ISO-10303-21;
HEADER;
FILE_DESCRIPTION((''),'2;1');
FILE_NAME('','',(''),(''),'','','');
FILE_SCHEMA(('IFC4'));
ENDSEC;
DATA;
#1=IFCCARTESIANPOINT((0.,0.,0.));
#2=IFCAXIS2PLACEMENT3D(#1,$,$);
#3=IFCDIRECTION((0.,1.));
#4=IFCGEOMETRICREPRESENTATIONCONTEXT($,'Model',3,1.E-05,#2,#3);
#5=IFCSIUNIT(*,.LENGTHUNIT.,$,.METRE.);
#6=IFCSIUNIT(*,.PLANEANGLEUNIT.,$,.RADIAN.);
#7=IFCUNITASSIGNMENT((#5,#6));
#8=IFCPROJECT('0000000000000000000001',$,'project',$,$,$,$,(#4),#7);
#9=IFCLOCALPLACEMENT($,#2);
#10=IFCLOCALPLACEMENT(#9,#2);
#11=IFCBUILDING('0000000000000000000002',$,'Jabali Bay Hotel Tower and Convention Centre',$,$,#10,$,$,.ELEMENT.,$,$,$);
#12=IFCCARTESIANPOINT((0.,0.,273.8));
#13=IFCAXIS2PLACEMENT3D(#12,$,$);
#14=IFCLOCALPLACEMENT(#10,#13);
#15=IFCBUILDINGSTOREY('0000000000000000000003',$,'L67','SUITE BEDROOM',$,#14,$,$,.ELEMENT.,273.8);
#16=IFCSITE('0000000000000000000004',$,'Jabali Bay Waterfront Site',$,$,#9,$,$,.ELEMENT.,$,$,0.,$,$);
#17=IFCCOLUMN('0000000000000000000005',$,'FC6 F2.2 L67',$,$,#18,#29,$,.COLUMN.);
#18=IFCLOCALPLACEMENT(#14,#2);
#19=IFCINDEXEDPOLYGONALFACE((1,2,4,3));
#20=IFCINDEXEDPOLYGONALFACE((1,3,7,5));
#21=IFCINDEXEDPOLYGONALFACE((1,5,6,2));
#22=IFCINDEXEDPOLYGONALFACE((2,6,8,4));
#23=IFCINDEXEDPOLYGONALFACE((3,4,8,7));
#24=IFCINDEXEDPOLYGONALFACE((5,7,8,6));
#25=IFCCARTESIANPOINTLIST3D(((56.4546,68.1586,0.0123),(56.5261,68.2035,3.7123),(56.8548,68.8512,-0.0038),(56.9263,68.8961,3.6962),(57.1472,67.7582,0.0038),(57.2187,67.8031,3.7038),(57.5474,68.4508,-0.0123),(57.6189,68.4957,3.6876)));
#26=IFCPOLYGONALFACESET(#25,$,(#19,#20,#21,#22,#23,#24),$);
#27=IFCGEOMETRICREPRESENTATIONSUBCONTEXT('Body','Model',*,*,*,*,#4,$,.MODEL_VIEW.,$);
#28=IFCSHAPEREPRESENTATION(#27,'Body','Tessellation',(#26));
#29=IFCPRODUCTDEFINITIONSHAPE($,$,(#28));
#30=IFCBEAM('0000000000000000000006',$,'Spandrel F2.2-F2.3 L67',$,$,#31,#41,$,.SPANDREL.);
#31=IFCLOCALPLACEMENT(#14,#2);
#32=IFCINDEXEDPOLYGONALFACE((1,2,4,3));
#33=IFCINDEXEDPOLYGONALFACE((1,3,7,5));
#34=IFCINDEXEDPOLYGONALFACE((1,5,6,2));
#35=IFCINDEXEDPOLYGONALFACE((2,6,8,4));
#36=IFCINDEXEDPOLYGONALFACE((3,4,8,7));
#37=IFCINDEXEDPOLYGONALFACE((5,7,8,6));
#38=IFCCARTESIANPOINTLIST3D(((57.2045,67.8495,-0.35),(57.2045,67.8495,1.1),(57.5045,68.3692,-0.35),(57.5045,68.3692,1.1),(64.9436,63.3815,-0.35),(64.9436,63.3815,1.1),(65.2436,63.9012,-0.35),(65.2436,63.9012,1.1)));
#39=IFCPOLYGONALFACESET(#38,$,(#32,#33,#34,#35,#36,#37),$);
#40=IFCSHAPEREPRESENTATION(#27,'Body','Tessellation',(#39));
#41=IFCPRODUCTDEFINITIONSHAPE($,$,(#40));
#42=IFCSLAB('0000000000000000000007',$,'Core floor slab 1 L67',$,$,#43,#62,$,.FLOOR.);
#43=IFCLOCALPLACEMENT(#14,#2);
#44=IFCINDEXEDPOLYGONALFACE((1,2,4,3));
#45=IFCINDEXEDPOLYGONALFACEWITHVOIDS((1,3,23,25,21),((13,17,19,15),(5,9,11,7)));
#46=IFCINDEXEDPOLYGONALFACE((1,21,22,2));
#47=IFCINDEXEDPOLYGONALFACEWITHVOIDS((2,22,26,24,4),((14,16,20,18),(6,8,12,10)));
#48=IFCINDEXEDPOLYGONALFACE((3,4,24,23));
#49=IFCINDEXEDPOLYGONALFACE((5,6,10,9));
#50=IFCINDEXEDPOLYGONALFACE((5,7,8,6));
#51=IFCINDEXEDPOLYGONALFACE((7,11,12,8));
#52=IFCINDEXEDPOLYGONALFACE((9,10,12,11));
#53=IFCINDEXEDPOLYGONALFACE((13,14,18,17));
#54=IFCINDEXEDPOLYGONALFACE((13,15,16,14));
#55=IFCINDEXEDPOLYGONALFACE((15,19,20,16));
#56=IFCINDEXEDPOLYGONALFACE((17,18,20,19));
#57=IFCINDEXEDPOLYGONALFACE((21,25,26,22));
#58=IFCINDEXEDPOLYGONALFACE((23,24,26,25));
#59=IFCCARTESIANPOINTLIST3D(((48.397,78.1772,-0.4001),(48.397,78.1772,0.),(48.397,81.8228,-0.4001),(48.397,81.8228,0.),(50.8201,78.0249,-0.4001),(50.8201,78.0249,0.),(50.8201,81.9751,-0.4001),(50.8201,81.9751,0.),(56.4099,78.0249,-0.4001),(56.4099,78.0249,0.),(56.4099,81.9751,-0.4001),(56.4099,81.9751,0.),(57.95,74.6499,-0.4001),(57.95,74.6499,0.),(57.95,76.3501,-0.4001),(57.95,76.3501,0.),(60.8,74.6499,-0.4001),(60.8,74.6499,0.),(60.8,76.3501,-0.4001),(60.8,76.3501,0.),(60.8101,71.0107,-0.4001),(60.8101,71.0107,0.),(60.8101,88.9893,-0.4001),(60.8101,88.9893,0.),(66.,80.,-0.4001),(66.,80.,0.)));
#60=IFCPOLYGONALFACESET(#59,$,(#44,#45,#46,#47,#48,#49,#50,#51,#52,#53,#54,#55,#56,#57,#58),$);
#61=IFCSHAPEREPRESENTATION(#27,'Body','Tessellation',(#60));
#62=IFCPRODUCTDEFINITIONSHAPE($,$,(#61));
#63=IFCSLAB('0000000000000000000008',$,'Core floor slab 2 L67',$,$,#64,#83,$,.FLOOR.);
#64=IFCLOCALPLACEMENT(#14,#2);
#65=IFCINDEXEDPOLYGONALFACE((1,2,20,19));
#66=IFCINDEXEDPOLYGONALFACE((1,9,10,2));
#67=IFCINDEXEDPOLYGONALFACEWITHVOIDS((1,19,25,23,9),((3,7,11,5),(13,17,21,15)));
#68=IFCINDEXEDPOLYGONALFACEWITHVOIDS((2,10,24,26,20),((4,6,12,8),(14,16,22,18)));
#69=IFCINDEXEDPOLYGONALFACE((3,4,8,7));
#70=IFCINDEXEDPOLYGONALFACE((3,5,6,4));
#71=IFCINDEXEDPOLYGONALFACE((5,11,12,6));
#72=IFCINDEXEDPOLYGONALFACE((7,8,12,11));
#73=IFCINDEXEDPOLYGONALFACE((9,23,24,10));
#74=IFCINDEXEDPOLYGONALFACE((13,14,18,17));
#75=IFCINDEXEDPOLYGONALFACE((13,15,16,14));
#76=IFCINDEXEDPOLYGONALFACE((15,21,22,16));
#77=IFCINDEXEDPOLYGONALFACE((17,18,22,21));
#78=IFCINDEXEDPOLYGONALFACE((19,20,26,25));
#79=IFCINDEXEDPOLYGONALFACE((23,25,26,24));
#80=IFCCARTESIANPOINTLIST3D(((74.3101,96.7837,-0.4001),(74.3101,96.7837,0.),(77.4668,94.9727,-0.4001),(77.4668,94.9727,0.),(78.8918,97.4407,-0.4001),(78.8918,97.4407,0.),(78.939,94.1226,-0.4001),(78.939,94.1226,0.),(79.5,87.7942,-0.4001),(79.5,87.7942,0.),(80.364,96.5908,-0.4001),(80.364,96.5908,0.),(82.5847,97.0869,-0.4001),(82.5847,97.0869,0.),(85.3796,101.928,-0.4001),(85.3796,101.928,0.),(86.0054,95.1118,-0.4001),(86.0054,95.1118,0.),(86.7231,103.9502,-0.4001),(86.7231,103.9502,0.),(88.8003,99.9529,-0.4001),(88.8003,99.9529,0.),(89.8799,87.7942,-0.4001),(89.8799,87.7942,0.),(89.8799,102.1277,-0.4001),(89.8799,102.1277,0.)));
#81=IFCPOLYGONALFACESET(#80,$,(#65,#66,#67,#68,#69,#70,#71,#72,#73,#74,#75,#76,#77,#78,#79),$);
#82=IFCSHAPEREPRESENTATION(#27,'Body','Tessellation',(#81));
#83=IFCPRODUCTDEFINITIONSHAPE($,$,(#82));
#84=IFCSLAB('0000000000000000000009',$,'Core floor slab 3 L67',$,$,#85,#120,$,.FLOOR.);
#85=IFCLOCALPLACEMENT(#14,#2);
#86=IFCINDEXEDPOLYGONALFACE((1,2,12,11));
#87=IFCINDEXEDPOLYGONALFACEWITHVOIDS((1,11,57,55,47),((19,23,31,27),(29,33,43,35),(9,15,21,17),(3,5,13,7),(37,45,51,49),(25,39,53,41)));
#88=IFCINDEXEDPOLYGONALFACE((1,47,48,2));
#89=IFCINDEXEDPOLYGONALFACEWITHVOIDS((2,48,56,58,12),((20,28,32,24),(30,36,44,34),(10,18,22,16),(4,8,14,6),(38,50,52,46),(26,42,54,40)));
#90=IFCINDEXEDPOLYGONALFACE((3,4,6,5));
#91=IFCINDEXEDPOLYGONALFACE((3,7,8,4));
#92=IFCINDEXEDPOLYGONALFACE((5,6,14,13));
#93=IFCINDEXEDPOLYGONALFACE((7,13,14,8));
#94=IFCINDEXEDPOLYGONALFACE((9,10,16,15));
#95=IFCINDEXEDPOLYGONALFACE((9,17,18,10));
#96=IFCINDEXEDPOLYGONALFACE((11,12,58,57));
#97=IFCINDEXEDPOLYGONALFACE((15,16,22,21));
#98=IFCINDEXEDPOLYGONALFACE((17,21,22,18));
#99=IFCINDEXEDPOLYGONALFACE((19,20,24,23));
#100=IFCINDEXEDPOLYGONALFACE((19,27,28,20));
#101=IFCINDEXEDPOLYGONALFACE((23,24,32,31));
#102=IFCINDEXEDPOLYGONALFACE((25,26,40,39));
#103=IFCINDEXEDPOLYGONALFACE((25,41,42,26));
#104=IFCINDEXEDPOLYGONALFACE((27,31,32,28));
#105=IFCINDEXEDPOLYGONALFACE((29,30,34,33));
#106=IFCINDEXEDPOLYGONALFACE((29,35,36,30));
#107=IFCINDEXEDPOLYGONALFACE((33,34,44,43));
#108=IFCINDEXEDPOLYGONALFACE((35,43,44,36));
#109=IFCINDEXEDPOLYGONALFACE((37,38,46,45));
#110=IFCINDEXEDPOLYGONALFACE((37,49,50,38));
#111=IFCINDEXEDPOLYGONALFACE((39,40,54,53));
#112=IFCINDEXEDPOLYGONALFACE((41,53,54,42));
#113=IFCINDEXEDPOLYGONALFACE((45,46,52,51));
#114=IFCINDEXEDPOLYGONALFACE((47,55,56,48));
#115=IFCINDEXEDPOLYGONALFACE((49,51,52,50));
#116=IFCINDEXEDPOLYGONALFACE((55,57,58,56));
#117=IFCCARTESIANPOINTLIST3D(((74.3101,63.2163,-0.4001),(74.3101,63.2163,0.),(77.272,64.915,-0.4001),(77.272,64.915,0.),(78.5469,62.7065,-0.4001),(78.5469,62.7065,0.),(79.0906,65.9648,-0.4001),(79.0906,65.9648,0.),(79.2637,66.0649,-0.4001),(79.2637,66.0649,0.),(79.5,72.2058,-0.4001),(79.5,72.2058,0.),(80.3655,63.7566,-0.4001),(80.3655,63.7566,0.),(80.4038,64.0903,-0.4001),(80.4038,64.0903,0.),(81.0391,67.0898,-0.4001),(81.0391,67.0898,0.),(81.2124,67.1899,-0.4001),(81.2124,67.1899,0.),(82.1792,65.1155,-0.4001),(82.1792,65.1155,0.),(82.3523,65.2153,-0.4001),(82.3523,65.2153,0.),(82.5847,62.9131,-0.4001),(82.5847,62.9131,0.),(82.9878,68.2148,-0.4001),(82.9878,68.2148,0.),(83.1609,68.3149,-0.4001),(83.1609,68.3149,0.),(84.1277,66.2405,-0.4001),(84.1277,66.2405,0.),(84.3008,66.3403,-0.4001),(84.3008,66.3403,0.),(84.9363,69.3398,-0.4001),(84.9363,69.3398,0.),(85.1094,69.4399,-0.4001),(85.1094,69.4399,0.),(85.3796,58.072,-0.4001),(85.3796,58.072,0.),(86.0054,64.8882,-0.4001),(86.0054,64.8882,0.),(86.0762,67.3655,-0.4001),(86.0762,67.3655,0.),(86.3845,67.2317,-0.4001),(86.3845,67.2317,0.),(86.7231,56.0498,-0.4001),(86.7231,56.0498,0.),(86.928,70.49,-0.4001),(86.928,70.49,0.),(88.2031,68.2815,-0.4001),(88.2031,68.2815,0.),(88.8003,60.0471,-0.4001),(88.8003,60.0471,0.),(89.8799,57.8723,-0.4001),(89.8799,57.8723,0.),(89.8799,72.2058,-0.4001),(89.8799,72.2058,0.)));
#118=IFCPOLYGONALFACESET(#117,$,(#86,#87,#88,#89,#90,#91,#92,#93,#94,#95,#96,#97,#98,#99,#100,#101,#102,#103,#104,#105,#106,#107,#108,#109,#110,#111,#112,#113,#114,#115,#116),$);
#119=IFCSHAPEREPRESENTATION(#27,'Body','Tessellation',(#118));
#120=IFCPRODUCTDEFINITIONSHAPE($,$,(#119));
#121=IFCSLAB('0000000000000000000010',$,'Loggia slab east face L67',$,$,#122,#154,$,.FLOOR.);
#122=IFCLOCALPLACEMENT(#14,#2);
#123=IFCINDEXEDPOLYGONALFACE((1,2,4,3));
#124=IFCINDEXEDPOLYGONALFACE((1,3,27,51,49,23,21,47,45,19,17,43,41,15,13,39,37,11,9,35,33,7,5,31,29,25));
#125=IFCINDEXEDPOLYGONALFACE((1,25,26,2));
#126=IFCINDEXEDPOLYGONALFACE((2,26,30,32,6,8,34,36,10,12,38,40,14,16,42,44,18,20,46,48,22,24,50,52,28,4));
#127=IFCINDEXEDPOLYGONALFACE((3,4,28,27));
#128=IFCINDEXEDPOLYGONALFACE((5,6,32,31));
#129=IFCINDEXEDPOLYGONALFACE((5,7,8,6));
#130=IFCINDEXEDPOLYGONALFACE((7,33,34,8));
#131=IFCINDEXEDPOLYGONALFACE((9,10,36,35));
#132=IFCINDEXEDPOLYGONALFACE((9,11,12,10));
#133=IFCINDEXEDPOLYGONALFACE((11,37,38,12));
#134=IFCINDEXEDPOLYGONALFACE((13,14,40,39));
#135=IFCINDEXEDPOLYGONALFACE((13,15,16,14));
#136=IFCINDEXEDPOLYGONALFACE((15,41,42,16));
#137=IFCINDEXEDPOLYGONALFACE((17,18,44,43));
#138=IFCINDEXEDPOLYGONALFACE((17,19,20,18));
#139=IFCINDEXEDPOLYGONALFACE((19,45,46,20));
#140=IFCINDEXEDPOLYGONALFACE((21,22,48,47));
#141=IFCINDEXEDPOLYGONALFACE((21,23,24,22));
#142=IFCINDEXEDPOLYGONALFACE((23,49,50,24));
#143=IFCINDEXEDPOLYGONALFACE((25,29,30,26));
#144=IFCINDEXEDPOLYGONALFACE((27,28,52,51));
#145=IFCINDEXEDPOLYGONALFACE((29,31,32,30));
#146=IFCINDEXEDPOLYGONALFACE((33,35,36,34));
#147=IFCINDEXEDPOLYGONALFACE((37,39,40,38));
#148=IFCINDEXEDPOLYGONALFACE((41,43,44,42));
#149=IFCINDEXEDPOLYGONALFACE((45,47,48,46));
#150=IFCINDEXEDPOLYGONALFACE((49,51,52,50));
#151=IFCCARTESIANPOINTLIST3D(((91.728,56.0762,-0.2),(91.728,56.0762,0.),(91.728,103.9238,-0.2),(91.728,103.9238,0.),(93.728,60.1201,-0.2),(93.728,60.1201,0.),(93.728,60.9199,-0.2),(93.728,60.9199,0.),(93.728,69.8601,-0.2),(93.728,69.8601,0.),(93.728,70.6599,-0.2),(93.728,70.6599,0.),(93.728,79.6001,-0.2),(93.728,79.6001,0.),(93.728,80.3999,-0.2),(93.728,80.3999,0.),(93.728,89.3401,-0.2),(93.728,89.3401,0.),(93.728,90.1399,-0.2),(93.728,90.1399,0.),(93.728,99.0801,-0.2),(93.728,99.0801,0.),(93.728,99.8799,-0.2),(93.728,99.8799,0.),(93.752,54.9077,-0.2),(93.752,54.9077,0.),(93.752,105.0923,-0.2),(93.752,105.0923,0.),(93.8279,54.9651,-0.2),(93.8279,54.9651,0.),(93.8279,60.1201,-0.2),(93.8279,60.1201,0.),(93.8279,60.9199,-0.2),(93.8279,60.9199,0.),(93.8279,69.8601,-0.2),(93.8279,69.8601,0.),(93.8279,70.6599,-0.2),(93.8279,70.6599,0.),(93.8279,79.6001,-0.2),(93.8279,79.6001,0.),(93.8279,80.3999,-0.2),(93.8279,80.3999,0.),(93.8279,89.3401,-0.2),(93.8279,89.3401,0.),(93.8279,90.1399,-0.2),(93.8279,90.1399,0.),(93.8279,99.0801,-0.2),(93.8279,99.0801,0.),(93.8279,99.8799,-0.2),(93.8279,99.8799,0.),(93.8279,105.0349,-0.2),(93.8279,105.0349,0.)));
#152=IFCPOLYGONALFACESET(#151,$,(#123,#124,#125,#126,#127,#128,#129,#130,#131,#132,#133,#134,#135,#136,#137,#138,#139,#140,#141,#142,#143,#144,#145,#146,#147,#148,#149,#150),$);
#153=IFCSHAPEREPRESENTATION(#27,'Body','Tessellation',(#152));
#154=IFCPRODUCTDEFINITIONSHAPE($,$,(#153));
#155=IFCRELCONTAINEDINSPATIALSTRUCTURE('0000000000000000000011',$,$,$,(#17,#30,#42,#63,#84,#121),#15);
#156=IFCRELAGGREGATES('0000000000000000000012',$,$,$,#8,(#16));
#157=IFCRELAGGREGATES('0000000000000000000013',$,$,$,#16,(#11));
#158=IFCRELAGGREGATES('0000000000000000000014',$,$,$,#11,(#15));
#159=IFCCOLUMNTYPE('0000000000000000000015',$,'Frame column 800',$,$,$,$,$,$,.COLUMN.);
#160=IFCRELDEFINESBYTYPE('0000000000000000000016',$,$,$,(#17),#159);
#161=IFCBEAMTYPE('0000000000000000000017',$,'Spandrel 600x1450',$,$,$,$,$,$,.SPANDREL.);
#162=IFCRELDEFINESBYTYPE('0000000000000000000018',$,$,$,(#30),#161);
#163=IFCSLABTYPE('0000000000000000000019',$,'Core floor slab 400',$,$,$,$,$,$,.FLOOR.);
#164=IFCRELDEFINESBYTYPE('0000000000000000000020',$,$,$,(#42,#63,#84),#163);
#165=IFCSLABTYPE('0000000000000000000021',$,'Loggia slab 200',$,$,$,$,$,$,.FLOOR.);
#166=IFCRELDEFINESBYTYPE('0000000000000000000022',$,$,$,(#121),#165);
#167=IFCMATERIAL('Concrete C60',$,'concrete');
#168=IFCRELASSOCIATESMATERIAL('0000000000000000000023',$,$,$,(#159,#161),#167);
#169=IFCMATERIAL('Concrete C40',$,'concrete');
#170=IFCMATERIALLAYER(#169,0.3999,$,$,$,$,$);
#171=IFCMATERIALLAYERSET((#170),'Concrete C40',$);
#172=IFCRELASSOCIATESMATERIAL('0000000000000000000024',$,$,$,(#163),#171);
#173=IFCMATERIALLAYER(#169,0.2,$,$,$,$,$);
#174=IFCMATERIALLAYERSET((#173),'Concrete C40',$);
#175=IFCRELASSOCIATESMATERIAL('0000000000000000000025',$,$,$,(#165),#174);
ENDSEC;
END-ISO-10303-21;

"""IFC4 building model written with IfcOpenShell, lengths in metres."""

from ifc_helpers import new_model, si_unit, direction, frame, origin, origin_2d, place, context, subcontext, project, spatial, polyline, rectangle, outline, extrude, material, layer, layer_set, material_profile, profile_set, type_object, element, save


model = new_model("IFC4")

# Units and contexts
model_context = context("Model", 3, precision=1e-05, world=origin(), true_north=direction((0.0, 1.0)))
body_context = subcontext(model_context, "Body", "Model", "MODEL_VIEW")
ifc_project = project(units=[si_unit("LENGTHUNIT", "METRE"), si_unit("PLANEANGLEUNIT", "RADIAN")], contexts=[model_context])

# Site, building, storey
site_placement = place(None, origin())
site = spatial("IfcSite", under=ifc_project, at=site_placement, Name="Jabali Bay Waterfront Site", CompositionType="ELEMENT", RefElevation=0.0)
building_placement = place(site_placement, origin())
building = spatial("IfcBuilding", under=site, at=building_placement, Name="Jabali Bay Hotel Tower and Convention Centre", CompositionType="ELEMENT")
storey_placement = place(building_placement, frame((0.0, 0.0, 273.8)))
storey = spatial("IfcBuildingStorey", under=building, at=storey_placement, Name="L67", Description="SUITE BEDROOM", CompositionType="ELEMENT", Elevation=273.8)

# Column
ifc_material_1 = material(Name="Concrete C60", Category="concrete")
ifc_material_profile_1 = material_profile(ifc_material_1, rectangle(XDim=0.8, YDim=0.8, at=origin_2d()), Name="Frame column 800")
ifc_profile_set_1 = profile_set([ifc_material_profile_1], Name="Concrete C60")
column_type = type_object("IfcColumnType", Name="Frame column 800", PredefinedType="COLUMN", material=ifc_profile_set_1)
column_placement = place(storey_placement, frame((57.001, 68.3047, 0.0), z_axis=(0.019329, 0.012138, 0.99974), x_axis=(-0.865689, 0.500469, 0.010661)))
element("IfcColumn", 1, at=column_placement, inside=storey, type_object=column_type, Name="FC6 F2.2 L67", PredefinedType="COLUMN", context=body_context, shape_type="SweptSolid", body=[
    extrude(rectangle(XDim=0.8, YDim=0.8, at=origin_2d()), origin(), (0.0, 0.0, 1.0), 3.7009),
])

# Beam
ifc_material_profile_2 = material_profile(ifc_material_1, rectangle(XDim=0.6001, YDim=1.45, at=origin_2d()), Name="Spandrel 600x1450")
ifc_profile_set_2 = profile_set([ifc_material_profile_2], Name="Concrete C60")
beam_type = type_object("IfcBeamType", Name="Spandrel 600x1450", PredefinedType="SPANDREL", material=ifc_profile_set_2)
beam_placement = place(storey_placement, frame((57.3545, 68.1094, 0.375), z_axis=(0.86603, -0.499991, 0.0), x_axis=(0.499991, 0.86603, 0.0)))
element("IfcBeam", 2, at=beam_placement, inside=storey, type_object=beam_type, Name="Spandrel F2.2-F2.3 L67", PredefinedType="SPANDREL", context=body_context, shape_type="SweptSolid", body=[
    extrude(rectangle(XDim=0.6001, YDim=1.45, at=origin_2d()), origin(), (0.0, 0.0, 1.0), 8.9363),
])

# Slabs
ifc_material_2 = material(Name="Concrete C40", Category="concrete")
ifc_layer_1 = layer(ifc_material_2, 0.3999)
ifc_layer_set_1 = layer_set([ifc_layer_1], Name="Concrete C40")
slab_type_1 = type_object("IfcSlabType", Name="Core floor slab 400", PredefinedType="FLOOR", material=ifc_layer_set_1)
slab_1_placement = place(storey_placement, frame((0.0, 0.0, -0.4001)))
element("IfcSlab", 3, at=slab_1_placement, inside=storey, type_object=slab_type_1, Name="Core floor slab 1 L67", PredefinedType="FLOOR", context=body_context, shape_type="SweptSolid", body=[
    extrude(outline(polyline([(66.0, 80.0), (60.8101, 88.9893), (48.397, 81.8228), (48.397, 78.1772), (60.8101, 71.0107), (66.0, 80.0)]), holes=[polyline([(60.8, 76.3501), (57.95, 76.3501), (57.95, 74.6499), (60.8, 74.6499), (60.8, 76.3501)]), polyline([(50.8201, 81.9751), (50.8201, 78.0249), (56.4099, 78.0249), (56.4099, 81.9751), (50.8201, 81.9751)])]), origin(), (0.0, 0.0, 1.0), 0.4001),
])
slab_2_placement = place(storey_placement, frame((0.0, 0.0, -0.4001)))
element("IfcSlab", 4, at=slab_2_placement, inside=storey, type_object=slab_type_1, Name="Core floor slab 2 L67", PredefinedType="FLOOR", context=body_context, shape_type="SweptSolid", body=[
    extrude(outline(polyline([(79.5, 87.7942), (89.8799, 87.7942), (89.8799, 102.1277), (86.7231, 103.9502), (74.3101, 96.7837), (79.5, 87.7942)]), holes=[polyline([(78.939, 94.1226), (80.364, 96.5908), (78.8918, 97.4407), (77.4668, 94.9727), (78.939, 94.1226)]), polyline([(88.8003, 99.9529), (85.3796, 101.928), (82.5847, 97.0869), (86.0054, 95.1118), (88.8003, 99.9529)])]), origin(), (0.0, 0.0, 1.0), 0.4001),
])
slab_3_placement = place(storey_placement, frame((0.0, 0.0, -0.4001)))
element("IfcSlab", 5, at=slab_3_placement, inside=storey, type_object=slab_type_1, Name="Core floor slab 3 L67", PredefinedType="FLOOR", context=body_context, shape_type="SweptSolid", body=[
    extrude(outline(polyline([(79.5, 72.2058), (74.3101, 63.2163), (86.7231, 56.0498), (89.8799, 57.8723), (89.8799, 72.2058), (79.5, 72.2058)]), holes=[polyline([(82.5847, 62.9131), (85.3796, 58.072), (88.8003, 60.0471), (86.0054, 64.8882), (82.5847, 62.9131)]), polyline([(80.3655, 63.7566), (79.0906, 65.9648), (77.272, 64.915), (78.5469, 62.7065), (80.3655, 63.7566)]), polyline([(82.1792, 65.1155), (81.0391, 67.0898), (79.2637, 66.0649), (80.4038, 64.0903), (82.1792, 65.1155)]), polyline([(82.9878, 68.2148), (81.2124, 67.1899), (82.3523, 65.2153), (84.1277, 66.2405), (82.9878, 68.2148)]), polyline([(86.0762, 67.3655), (84.9363, 69.3398), (83.1609, 68.3149), (84.3008, 66.3403), (86.0762, 67.3655)]), polyline([(88.2031, 68.2815), (86.928, 70.49), (85.1094, 69.4399), (86.3845, 67.2317), (88.2031, 68.2815)])]), origin(), (0.0, 0.0, 1.0), 0.4001),
])
ifc_layer_2 = layer(ifc_material_2, 0.2)
ifc_layer_set_2 = layer_set([ifc_layer_2], Name="Concrete C40")
slab_type_2 = type_object("IfcSlabType", Name="Loggia slab 200", PredefinedType="FLOOR", material=ifc_layer_set_2)
slab_4_placement = place(storey_placement, frame((0.0, 0.0, -0.2)))
element("IfcSlab", 6, at=slab_4_placement, inside=storey, type_object=slab_type_2, Name="Loggia slab east face L67", PredefinedType="FLOOR", context=body_context, shape_type="SweptSolid", body=[
    extrude(outline(polyline([(91.728, 103.9238), (93.752, 105.0923), (93.8279, 105.0349), (93.8279, 99.8799), (93.728, 99.8799), (93.728, 99.0801), (93.8279, 99.0801), (93.8279, 90.1399), (93.728, 90.1399), (93.728, 89.3401), (93.8279, 89.3401), (93.8279, 80.3999), (93.728, 80.3999), (93.728, 79.6001), (93.8279, 79.6001), (93.8279, 70.6599), (93.728, 70.6599), (93.728, 69.8601), (93.8279, 69.8601), (93.8279, 60.9199), (93.728, 60.9199), (93.728, 60.1201), (93.8279, 60.1201), (93.8279, 54.9651), (93.752, 54.9077), (91.728, 56.0762), (91.728, 103.9238)])), origin(), (0.0, 0.0, 1.0), 0.2),
])

save(model, "model.ifc")
